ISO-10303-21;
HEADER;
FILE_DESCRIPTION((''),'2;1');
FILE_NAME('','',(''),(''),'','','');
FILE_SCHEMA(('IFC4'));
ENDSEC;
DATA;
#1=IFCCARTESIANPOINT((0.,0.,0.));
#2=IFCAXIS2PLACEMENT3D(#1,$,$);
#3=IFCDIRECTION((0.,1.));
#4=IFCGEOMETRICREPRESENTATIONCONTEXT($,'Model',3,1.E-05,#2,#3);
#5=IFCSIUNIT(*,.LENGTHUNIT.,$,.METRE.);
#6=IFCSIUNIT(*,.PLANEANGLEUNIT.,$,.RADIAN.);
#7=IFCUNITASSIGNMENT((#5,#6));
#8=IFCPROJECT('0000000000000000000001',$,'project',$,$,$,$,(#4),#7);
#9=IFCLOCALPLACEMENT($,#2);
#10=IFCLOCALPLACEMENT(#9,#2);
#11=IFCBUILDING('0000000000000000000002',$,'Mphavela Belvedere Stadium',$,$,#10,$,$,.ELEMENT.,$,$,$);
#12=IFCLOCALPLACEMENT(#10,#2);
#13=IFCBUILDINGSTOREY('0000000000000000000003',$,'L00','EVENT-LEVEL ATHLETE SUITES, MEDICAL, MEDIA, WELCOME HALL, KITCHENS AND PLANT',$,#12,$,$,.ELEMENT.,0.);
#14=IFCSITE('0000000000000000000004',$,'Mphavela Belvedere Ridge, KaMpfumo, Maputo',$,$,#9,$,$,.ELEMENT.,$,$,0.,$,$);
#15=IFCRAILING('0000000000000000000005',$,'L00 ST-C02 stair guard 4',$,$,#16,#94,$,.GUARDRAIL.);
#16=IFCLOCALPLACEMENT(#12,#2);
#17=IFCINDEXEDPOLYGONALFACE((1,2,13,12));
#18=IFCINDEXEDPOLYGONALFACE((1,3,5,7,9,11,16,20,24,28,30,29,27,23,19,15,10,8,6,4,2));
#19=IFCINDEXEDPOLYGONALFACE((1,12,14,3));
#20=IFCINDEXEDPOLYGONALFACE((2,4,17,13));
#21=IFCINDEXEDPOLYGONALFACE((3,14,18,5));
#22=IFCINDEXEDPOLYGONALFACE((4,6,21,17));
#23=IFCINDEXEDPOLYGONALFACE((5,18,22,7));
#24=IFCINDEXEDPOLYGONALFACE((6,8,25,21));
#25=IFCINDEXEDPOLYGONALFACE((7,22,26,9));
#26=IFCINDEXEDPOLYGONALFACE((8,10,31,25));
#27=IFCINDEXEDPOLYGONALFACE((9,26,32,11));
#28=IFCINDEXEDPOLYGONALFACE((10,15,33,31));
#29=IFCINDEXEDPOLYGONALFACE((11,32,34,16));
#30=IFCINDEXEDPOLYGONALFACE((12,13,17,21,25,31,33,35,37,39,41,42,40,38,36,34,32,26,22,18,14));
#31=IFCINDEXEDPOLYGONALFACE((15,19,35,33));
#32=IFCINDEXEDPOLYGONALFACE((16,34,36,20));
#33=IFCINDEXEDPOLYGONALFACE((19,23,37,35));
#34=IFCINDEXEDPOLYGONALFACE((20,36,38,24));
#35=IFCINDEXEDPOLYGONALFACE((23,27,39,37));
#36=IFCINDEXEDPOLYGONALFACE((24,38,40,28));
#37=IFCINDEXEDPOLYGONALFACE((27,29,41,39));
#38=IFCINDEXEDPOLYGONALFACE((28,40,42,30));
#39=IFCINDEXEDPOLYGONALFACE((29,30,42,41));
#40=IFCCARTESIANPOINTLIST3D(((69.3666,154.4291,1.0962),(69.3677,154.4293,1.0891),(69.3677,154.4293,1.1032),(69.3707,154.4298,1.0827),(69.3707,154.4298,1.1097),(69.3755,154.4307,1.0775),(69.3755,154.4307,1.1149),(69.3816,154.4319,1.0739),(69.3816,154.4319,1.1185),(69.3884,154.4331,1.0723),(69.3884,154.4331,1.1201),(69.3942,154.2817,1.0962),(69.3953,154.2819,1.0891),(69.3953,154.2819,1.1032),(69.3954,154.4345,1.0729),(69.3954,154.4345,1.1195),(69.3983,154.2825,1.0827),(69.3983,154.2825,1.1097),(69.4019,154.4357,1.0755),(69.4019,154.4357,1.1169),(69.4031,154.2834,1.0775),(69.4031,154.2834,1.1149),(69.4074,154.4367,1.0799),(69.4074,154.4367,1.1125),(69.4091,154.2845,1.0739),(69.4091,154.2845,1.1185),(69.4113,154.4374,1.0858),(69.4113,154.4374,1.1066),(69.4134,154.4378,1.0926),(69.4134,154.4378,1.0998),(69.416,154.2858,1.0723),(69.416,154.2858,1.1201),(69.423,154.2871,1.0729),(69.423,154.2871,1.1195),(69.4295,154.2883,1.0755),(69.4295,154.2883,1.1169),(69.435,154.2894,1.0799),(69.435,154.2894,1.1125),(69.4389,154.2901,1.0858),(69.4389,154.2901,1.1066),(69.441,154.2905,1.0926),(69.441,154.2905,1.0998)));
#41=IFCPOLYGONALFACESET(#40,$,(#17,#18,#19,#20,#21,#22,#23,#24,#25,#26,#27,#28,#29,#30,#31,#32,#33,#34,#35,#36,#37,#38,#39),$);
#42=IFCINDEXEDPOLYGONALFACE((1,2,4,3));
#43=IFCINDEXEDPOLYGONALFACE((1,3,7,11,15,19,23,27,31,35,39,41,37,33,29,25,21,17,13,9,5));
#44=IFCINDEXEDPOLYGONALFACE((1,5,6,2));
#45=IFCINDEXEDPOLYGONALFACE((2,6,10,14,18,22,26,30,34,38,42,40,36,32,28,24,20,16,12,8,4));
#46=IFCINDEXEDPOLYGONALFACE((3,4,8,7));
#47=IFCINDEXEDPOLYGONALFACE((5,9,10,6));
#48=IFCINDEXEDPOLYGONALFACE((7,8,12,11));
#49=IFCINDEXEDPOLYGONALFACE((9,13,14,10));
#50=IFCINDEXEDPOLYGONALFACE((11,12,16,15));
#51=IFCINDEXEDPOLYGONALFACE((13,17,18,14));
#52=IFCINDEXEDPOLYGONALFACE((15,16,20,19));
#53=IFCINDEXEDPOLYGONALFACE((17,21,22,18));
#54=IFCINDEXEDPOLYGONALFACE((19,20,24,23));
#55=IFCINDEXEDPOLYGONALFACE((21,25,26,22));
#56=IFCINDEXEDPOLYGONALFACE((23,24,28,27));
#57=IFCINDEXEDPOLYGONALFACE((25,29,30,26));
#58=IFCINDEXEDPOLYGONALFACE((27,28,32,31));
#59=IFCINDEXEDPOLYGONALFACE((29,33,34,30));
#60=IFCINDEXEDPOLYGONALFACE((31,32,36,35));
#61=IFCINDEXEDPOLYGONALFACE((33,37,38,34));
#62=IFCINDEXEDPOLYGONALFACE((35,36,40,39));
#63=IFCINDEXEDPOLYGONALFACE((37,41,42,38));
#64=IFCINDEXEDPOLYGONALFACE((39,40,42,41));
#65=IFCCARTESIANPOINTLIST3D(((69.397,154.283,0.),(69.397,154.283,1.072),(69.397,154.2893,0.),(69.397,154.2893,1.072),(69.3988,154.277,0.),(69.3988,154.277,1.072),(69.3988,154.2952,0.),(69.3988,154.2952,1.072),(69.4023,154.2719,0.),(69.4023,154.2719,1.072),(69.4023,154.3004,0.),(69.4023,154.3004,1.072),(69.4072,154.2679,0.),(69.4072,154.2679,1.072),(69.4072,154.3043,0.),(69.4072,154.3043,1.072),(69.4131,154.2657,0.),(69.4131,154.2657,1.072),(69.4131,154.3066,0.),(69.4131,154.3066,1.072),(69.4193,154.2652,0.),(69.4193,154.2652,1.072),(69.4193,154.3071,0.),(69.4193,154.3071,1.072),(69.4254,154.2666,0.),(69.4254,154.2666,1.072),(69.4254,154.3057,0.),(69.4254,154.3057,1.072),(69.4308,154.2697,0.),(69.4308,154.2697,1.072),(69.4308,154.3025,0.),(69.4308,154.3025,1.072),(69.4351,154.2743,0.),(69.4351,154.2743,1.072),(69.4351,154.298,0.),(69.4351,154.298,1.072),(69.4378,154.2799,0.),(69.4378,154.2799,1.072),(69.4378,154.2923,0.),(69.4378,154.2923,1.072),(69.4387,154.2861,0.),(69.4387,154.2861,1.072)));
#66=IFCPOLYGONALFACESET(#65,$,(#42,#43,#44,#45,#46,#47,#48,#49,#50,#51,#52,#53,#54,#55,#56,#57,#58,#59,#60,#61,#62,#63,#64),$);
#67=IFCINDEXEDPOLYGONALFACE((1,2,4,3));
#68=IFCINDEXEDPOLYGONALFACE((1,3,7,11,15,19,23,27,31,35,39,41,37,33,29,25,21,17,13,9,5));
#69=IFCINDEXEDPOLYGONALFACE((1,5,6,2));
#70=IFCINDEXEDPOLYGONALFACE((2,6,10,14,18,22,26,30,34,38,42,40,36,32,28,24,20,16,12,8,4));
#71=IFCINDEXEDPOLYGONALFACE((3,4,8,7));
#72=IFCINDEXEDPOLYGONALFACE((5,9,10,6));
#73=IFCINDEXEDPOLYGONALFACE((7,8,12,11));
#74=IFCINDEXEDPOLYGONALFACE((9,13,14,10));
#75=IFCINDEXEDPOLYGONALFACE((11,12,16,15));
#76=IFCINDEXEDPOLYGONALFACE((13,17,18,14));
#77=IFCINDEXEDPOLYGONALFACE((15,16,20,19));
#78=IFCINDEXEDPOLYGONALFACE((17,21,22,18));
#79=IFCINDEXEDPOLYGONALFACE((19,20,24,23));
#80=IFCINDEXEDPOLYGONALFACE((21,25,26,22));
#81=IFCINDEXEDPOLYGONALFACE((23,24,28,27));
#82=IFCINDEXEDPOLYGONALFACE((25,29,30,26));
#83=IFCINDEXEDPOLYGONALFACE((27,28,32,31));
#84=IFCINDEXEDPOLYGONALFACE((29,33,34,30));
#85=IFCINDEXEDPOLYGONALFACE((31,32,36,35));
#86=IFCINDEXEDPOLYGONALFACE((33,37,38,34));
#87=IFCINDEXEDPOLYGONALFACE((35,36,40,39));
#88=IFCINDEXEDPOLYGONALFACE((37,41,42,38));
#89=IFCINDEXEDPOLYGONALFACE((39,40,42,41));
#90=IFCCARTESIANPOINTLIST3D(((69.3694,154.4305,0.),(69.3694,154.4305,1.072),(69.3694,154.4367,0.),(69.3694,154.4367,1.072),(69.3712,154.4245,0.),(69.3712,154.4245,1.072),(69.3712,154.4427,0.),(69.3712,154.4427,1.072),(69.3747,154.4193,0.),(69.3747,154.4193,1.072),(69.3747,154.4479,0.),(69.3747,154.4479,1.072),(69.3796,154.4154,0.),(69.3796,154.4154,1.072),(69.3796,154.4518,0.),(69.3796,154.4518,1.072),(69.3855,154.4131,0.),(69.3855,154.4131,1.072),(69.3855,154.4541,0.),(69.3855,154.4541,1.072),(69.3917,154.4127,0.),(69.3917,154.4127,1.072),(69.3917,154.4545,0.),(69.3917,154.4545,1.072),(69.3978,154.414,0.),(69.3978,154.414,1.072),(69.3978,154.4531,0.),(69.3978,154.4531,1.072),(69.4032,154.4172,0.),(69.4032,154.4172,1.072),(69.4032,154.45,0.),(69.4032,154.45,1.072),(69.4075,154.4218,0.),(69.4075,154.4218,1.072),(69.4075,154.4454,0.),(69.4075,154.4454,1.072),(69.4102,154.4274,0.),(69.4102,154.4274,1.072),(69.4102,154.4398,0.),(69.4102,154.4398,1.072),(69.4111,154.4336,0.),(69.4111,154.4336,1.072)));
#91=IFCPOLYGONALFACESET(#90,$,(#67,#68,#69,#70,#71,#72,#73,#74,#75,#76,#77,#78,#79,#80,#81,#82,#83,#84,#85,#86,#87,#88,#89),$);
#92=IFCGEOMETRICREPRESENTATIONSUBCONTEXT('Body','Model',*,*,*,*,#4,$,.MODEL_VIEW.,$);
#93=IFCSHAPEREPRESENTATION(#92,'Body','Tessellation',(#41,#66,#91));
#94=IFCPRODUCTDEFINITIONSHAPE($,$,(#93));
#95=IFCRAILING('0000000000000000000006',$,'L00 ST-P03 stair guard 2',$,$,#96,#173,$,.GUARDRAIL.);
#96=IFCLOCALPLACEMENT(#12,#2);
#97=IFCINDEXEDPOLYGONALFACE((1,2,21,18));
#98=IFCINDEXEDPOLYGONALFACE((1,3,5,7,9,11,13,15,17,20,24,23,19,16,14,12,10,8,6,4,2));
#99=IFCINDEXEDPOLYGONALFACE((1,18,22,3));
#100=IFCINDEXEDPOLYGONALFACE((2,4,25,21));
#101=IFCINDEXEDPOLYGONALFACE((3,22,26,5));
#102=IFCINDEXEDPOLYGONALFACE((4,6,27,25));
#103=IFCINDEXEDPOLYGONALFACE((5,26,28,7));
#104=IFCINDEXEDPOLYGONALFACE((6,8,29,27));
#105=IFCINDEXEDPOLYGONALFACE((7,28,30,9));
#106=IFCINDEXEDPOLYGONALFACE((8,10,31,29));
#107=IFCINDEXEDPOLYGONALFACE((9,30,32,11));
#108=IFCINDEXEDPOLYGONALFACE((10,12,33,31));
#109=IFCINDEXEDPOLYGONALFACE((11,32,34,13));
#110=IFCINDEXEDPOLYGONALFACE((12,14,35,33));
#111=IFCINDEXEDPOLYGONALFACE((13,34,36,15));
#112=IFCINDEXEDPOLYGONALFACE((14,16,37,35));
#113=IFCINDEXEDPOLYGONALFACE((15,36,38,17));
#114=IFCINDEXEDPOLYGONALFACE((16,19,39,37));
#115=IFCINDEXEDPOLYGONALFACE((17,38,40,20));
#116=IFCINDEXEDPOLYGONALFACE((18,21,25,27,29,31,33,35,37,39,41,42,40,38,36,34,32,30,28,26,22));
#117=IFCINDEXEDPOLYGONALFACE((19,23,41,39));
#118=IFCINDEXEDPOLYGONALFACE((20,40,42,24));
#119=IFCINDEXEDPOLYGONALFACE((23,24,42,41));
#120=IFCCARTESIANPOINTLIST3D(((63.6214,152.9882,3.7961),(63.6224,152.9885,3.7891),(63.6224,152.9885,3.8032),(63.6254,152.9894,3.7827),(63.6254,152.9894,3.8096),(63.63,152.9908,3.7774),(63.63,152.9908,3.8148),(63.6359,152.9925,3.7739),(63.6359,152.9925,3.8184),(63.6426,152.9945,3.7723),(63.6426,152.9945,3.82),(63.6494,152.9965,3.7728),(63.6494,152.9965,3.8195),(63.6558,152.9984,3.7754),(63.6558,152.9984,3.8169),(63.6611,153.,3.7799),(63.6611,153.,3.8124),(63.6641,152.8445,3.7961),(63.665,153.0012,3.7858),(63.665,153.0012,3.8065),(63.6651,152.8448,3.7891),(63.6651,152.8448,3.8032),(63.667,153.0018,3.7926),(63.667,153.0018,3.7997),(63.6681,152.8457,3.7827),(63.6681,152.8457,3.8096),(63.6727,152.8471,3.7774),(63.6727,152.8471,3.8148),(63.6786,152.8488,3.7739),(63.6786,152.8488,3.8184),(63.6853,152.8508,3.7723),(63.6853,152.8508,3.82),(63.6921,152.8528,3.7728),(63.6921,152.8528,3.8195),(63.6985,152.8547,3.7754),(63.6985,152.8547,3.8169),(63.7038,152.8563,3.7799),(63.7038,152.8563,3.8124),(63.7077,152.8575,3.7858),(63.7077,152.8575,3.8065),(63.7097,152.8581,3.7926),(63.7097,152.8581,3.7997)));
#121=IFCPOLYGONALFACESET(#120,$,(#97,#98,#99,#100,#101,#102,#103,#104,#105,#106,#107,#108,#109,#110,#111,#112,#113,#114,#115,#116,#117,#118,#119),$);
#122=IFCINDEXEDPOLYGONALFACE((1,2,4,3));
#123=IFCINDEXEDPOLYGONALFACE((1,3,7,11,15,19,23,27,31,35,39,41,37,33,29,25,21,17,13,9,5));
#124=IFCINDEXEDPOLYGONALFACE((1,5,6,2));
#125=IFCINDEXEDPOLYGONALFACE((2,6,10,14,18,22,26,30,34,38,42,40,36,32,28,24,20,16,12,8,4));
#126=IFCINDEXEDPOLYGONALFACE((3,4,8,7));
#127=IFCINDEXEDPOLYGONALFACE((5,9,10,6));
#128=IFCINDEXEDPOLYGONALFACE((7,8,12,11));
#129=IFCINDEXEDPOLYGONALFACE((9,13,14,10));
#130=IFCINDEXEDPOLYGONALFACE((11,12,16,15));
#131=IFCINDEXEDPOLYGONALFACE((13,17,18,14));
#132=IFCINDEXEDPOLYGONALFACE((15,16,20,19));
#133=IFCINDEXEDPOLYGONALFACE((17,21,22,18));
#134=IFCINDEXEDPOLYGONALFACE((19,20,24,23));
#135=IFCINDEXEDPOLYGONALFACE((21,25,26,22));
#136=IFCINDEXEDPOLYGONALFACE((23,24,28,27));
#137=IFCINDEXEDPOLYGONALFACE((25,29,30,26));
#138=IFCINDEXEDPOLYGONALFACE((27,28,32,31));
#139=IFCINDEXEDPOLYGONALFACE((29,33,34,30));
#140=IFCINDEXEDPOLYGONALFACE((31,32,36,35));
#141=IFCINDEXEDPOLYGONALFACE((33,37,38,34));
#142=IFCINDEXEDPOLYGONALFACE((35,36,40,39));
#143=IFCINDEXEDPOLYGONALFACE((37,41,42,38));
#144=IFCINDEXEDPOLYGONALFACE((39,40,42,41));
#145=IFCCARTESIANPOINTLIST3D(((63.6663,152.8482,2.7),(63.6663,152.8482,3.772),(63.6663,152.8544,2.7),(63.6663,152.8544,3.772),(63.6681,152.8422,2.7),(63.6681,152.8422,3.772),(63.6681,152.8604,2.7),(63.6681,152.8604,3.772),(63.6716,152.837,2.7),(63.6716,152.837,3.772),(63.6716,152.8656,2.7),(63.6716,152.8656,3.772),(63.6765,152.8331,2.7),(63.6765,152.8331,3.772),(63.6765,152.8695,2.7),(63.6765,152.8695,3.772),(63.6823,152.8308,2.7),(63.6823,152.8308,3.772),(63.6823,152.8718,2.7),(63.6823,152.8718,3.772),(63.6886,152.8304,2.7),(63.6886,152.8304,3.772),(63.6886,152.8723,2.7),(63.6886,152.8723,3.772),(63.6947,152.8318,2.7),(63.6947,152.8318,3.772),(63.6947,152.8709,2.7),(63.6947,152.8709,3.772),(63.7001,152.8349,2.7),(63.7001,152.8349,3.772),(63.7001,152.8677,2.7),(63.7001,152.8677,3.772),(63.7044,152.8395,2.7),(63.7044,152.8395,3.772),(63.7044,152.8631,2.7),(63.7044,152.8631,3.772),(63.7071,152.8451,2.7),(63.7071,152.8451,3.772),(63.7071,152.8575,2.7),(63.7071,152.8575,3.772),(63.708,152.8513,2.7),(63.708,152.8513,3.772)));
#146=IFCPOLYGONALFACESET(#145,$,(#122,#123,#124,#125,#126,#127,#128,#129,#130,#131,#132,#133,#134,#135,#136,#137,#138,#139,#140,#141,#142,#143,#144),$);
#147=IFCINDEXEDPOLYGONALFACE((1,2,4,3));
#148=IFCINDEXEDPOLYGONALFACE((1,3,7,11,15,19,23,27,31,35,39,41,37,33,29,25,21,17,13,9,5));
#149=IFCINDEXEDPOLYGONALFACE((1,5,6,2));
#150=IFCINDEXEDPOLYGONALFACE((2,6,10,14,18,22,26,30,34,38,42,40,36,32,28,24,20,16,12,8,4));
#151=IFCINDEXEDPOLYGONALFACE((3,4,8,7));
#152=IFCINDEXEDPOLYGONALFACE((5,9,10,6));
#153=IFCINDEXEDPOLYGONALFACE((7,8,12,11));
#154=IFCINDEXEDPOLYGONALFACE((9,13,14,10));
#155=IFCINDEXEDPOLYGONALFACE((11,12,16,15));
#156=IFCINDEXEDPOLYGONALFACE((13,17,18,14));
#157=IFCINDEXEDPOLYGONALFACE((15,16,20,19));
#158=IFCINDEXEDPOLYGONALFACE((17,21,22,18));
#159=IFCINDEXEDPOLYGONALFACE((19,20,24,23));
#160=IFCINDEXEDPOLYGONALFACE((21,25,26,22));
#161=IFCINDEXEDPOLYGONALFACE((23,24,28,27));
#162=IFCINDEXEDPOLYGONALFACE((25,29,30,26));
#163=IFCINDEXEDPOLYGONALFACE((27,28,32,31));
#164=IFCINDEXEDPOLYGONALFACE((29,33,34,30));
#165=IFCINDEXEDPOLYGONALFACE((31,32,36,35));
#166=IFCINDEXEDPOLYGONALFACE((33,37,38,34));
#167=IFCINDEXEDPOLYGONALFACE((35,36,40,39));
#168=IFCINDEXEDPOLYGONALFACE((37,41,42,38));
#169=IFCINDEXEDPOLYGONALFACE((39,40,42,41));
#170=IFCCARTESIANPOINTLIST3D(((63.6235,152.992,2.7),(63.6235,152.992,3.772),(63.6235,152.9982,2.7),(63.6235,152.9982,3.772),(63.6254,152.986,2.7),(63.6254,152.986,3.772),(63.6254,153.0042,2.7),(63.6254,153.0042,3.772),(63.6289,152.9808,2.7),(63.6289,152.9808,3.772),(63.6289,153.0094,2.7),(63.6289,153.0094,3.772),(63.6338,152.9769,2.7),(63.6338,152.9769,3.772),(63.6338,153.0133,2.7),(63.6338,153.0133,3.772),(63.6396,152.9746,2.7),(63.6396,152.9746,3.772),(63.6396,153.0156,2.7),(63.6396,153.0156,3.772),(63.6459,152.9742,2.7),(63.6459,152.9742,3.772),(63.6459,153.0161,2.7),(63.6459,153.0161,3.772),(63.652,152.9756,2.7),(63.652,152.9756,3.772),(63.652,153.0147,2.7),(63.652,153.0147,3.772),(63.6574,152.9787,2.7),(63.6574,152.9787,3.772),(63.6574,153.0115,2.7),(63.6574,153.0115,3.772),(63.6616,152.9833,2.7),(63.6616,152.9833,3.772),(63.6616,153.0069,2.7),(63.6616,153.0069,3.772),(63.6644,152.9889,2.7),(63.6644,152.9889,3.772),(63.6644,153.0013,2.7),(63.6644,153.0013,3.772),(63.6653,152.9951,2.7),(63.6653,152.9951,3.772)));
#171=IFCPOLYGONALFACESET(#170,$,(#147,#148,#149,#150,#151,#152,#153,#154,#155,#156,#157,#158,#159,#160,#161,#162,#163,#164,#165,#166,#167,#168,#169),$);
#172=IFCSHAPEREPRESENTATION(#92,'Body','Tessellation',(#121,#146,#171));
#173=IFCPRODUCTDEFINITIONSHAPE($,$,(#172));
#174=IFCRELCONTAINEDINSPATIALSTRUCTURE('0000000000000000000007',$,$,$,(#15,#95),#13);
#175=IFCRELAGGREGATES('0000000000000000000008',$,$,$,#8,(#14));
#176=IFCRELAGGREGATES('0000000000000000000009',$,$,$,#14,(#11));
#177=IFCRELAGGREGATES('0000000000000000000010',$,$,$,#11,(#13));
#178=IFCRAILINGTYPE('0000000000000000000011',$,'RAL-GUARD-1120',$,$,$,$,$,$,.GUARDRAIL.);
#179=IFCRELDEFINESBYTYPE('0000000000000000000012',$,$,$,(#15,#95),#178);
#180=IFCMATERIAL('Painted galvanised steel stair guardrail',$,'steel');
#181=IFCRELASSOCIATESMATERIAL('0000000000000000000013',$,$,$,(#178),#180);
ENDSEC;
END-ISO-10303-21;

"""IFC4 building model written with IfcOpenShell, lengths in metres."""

from ifc_helpers import new_model, si_unit, direction, frame, origin, origin_2d, place, context, subcontext, project, spatial, circle, extrude, material, type_object, element, save


model = new_model("IFC4")

# Units and contexts
model_context = context("Model", 3, precision=1e-05, world=origin(), true_north=direction((0.0, 1.0)))
body_context = subcontext(model_context, "Body", "Model", "MODEL_VIEW")
ifc_project = project(units=[si_unit("LENGTHUNIT", "METRE"), si_unit("PLANEANGLEUNIT", "RADIAN")], contexts=[model_context])

# Site, building, storey
site_placement = place(None, origin())
site = spatial("IfcSite", under=ifc_project, at=site_placement, Name="Mphavela Belvedere Ridge, KaMpfumo, Maputo", CompositionType="ELEMENT", RefElevation=0.0)
building_placement = place(site_placement, origin())
building = spatial("IfcBuilding", under=site, at=building_placement, Name="Mphavela Belvedere Stadium", CompositionType="ELEMENT")
storey_placement = place(building_placement, origin())
storey = spatial("IfcBuildingStorey", under=building, at=storey_placement, Name="L00", Description="EVENT-LEVEL ATHLETE SUITES, MEDICAL, MEDIA, WELCOME HALL, KITCHENS AND PLANT", CompositionType="ELEMENT", Elevation=0.0)

# Railings
ifc_material_1 = material(Name="Painted galvanised steel stair guardrail", Category="steel")
railing_type_1 = type_object("IfcRailingType", Name="RAL-GUARD-1120", PredefinedType="GUARDRAIL", material=ifc_material_1)
railing_1_placement = place(storey_placement, frame((69.4177, 154.2861, 0.0)))
element("IfcRailing", 1, at=railing_1_placement, inside=storey, type_object=railing_type_1, Name="L00 ST-C02 stair guard 4", PredefinedType="GUARDRAIL", context=body_context, shape_type="SweptSolid", body=[
    extrude(circle(Radius=0.0239, at=origin_2d()), frame((0.0, 0.0, 1.0962), z_axis=(-0.183895, 0.982946, 0.0), x_axis=(-0.982946, -0.183895, 0.0)), (0.0, 0.0, 1.0), 0.1499),
    extrude(circle(Radius=0.021, at=origin_2d()), origin(), (0.0, 0.0, 1.0), 1.072),
    extrude(circle(Radius=0.021, at=origin_2d()), frame((-0.0276, 0.1475, 0.0)), (0.0, 0.0, 1.0), 1.072),
])
railing_2_placement = place(storey_placement, frame((63.687, 152.8513, 2.7)))
element("IfcRailing", 2, at=railing_2_placement, inside=storey, type_object=railing_type_1, Name="L00 ST-P03 stair guard 2", PredefinedType="GUARDRAIL", context=body_context, shape_type="SweptSolid", body=[
    extrude(circle(Radius=0.0239, at=origin_2d()), frame((0.0, 0.0, 1.0962), z_axis=(-0.284809, 0.958584, 0.0), x_axis=(-0.958584, -0.284809, 0.0)), (0.0, 0.0, 1.0), 0.1499),
    extrude(circle(Radius=0.021, at=origin_2d()), origin(), (0.0, 0.0, 1.0), 1.072),
    extrude(circle(Radius=0.021, at=origin_2d()), frame((-0.0427, 0.1438, 0.0)), (0.0, 0.0, 1.0), 1.072),
])

save(model, "model.ifc")
